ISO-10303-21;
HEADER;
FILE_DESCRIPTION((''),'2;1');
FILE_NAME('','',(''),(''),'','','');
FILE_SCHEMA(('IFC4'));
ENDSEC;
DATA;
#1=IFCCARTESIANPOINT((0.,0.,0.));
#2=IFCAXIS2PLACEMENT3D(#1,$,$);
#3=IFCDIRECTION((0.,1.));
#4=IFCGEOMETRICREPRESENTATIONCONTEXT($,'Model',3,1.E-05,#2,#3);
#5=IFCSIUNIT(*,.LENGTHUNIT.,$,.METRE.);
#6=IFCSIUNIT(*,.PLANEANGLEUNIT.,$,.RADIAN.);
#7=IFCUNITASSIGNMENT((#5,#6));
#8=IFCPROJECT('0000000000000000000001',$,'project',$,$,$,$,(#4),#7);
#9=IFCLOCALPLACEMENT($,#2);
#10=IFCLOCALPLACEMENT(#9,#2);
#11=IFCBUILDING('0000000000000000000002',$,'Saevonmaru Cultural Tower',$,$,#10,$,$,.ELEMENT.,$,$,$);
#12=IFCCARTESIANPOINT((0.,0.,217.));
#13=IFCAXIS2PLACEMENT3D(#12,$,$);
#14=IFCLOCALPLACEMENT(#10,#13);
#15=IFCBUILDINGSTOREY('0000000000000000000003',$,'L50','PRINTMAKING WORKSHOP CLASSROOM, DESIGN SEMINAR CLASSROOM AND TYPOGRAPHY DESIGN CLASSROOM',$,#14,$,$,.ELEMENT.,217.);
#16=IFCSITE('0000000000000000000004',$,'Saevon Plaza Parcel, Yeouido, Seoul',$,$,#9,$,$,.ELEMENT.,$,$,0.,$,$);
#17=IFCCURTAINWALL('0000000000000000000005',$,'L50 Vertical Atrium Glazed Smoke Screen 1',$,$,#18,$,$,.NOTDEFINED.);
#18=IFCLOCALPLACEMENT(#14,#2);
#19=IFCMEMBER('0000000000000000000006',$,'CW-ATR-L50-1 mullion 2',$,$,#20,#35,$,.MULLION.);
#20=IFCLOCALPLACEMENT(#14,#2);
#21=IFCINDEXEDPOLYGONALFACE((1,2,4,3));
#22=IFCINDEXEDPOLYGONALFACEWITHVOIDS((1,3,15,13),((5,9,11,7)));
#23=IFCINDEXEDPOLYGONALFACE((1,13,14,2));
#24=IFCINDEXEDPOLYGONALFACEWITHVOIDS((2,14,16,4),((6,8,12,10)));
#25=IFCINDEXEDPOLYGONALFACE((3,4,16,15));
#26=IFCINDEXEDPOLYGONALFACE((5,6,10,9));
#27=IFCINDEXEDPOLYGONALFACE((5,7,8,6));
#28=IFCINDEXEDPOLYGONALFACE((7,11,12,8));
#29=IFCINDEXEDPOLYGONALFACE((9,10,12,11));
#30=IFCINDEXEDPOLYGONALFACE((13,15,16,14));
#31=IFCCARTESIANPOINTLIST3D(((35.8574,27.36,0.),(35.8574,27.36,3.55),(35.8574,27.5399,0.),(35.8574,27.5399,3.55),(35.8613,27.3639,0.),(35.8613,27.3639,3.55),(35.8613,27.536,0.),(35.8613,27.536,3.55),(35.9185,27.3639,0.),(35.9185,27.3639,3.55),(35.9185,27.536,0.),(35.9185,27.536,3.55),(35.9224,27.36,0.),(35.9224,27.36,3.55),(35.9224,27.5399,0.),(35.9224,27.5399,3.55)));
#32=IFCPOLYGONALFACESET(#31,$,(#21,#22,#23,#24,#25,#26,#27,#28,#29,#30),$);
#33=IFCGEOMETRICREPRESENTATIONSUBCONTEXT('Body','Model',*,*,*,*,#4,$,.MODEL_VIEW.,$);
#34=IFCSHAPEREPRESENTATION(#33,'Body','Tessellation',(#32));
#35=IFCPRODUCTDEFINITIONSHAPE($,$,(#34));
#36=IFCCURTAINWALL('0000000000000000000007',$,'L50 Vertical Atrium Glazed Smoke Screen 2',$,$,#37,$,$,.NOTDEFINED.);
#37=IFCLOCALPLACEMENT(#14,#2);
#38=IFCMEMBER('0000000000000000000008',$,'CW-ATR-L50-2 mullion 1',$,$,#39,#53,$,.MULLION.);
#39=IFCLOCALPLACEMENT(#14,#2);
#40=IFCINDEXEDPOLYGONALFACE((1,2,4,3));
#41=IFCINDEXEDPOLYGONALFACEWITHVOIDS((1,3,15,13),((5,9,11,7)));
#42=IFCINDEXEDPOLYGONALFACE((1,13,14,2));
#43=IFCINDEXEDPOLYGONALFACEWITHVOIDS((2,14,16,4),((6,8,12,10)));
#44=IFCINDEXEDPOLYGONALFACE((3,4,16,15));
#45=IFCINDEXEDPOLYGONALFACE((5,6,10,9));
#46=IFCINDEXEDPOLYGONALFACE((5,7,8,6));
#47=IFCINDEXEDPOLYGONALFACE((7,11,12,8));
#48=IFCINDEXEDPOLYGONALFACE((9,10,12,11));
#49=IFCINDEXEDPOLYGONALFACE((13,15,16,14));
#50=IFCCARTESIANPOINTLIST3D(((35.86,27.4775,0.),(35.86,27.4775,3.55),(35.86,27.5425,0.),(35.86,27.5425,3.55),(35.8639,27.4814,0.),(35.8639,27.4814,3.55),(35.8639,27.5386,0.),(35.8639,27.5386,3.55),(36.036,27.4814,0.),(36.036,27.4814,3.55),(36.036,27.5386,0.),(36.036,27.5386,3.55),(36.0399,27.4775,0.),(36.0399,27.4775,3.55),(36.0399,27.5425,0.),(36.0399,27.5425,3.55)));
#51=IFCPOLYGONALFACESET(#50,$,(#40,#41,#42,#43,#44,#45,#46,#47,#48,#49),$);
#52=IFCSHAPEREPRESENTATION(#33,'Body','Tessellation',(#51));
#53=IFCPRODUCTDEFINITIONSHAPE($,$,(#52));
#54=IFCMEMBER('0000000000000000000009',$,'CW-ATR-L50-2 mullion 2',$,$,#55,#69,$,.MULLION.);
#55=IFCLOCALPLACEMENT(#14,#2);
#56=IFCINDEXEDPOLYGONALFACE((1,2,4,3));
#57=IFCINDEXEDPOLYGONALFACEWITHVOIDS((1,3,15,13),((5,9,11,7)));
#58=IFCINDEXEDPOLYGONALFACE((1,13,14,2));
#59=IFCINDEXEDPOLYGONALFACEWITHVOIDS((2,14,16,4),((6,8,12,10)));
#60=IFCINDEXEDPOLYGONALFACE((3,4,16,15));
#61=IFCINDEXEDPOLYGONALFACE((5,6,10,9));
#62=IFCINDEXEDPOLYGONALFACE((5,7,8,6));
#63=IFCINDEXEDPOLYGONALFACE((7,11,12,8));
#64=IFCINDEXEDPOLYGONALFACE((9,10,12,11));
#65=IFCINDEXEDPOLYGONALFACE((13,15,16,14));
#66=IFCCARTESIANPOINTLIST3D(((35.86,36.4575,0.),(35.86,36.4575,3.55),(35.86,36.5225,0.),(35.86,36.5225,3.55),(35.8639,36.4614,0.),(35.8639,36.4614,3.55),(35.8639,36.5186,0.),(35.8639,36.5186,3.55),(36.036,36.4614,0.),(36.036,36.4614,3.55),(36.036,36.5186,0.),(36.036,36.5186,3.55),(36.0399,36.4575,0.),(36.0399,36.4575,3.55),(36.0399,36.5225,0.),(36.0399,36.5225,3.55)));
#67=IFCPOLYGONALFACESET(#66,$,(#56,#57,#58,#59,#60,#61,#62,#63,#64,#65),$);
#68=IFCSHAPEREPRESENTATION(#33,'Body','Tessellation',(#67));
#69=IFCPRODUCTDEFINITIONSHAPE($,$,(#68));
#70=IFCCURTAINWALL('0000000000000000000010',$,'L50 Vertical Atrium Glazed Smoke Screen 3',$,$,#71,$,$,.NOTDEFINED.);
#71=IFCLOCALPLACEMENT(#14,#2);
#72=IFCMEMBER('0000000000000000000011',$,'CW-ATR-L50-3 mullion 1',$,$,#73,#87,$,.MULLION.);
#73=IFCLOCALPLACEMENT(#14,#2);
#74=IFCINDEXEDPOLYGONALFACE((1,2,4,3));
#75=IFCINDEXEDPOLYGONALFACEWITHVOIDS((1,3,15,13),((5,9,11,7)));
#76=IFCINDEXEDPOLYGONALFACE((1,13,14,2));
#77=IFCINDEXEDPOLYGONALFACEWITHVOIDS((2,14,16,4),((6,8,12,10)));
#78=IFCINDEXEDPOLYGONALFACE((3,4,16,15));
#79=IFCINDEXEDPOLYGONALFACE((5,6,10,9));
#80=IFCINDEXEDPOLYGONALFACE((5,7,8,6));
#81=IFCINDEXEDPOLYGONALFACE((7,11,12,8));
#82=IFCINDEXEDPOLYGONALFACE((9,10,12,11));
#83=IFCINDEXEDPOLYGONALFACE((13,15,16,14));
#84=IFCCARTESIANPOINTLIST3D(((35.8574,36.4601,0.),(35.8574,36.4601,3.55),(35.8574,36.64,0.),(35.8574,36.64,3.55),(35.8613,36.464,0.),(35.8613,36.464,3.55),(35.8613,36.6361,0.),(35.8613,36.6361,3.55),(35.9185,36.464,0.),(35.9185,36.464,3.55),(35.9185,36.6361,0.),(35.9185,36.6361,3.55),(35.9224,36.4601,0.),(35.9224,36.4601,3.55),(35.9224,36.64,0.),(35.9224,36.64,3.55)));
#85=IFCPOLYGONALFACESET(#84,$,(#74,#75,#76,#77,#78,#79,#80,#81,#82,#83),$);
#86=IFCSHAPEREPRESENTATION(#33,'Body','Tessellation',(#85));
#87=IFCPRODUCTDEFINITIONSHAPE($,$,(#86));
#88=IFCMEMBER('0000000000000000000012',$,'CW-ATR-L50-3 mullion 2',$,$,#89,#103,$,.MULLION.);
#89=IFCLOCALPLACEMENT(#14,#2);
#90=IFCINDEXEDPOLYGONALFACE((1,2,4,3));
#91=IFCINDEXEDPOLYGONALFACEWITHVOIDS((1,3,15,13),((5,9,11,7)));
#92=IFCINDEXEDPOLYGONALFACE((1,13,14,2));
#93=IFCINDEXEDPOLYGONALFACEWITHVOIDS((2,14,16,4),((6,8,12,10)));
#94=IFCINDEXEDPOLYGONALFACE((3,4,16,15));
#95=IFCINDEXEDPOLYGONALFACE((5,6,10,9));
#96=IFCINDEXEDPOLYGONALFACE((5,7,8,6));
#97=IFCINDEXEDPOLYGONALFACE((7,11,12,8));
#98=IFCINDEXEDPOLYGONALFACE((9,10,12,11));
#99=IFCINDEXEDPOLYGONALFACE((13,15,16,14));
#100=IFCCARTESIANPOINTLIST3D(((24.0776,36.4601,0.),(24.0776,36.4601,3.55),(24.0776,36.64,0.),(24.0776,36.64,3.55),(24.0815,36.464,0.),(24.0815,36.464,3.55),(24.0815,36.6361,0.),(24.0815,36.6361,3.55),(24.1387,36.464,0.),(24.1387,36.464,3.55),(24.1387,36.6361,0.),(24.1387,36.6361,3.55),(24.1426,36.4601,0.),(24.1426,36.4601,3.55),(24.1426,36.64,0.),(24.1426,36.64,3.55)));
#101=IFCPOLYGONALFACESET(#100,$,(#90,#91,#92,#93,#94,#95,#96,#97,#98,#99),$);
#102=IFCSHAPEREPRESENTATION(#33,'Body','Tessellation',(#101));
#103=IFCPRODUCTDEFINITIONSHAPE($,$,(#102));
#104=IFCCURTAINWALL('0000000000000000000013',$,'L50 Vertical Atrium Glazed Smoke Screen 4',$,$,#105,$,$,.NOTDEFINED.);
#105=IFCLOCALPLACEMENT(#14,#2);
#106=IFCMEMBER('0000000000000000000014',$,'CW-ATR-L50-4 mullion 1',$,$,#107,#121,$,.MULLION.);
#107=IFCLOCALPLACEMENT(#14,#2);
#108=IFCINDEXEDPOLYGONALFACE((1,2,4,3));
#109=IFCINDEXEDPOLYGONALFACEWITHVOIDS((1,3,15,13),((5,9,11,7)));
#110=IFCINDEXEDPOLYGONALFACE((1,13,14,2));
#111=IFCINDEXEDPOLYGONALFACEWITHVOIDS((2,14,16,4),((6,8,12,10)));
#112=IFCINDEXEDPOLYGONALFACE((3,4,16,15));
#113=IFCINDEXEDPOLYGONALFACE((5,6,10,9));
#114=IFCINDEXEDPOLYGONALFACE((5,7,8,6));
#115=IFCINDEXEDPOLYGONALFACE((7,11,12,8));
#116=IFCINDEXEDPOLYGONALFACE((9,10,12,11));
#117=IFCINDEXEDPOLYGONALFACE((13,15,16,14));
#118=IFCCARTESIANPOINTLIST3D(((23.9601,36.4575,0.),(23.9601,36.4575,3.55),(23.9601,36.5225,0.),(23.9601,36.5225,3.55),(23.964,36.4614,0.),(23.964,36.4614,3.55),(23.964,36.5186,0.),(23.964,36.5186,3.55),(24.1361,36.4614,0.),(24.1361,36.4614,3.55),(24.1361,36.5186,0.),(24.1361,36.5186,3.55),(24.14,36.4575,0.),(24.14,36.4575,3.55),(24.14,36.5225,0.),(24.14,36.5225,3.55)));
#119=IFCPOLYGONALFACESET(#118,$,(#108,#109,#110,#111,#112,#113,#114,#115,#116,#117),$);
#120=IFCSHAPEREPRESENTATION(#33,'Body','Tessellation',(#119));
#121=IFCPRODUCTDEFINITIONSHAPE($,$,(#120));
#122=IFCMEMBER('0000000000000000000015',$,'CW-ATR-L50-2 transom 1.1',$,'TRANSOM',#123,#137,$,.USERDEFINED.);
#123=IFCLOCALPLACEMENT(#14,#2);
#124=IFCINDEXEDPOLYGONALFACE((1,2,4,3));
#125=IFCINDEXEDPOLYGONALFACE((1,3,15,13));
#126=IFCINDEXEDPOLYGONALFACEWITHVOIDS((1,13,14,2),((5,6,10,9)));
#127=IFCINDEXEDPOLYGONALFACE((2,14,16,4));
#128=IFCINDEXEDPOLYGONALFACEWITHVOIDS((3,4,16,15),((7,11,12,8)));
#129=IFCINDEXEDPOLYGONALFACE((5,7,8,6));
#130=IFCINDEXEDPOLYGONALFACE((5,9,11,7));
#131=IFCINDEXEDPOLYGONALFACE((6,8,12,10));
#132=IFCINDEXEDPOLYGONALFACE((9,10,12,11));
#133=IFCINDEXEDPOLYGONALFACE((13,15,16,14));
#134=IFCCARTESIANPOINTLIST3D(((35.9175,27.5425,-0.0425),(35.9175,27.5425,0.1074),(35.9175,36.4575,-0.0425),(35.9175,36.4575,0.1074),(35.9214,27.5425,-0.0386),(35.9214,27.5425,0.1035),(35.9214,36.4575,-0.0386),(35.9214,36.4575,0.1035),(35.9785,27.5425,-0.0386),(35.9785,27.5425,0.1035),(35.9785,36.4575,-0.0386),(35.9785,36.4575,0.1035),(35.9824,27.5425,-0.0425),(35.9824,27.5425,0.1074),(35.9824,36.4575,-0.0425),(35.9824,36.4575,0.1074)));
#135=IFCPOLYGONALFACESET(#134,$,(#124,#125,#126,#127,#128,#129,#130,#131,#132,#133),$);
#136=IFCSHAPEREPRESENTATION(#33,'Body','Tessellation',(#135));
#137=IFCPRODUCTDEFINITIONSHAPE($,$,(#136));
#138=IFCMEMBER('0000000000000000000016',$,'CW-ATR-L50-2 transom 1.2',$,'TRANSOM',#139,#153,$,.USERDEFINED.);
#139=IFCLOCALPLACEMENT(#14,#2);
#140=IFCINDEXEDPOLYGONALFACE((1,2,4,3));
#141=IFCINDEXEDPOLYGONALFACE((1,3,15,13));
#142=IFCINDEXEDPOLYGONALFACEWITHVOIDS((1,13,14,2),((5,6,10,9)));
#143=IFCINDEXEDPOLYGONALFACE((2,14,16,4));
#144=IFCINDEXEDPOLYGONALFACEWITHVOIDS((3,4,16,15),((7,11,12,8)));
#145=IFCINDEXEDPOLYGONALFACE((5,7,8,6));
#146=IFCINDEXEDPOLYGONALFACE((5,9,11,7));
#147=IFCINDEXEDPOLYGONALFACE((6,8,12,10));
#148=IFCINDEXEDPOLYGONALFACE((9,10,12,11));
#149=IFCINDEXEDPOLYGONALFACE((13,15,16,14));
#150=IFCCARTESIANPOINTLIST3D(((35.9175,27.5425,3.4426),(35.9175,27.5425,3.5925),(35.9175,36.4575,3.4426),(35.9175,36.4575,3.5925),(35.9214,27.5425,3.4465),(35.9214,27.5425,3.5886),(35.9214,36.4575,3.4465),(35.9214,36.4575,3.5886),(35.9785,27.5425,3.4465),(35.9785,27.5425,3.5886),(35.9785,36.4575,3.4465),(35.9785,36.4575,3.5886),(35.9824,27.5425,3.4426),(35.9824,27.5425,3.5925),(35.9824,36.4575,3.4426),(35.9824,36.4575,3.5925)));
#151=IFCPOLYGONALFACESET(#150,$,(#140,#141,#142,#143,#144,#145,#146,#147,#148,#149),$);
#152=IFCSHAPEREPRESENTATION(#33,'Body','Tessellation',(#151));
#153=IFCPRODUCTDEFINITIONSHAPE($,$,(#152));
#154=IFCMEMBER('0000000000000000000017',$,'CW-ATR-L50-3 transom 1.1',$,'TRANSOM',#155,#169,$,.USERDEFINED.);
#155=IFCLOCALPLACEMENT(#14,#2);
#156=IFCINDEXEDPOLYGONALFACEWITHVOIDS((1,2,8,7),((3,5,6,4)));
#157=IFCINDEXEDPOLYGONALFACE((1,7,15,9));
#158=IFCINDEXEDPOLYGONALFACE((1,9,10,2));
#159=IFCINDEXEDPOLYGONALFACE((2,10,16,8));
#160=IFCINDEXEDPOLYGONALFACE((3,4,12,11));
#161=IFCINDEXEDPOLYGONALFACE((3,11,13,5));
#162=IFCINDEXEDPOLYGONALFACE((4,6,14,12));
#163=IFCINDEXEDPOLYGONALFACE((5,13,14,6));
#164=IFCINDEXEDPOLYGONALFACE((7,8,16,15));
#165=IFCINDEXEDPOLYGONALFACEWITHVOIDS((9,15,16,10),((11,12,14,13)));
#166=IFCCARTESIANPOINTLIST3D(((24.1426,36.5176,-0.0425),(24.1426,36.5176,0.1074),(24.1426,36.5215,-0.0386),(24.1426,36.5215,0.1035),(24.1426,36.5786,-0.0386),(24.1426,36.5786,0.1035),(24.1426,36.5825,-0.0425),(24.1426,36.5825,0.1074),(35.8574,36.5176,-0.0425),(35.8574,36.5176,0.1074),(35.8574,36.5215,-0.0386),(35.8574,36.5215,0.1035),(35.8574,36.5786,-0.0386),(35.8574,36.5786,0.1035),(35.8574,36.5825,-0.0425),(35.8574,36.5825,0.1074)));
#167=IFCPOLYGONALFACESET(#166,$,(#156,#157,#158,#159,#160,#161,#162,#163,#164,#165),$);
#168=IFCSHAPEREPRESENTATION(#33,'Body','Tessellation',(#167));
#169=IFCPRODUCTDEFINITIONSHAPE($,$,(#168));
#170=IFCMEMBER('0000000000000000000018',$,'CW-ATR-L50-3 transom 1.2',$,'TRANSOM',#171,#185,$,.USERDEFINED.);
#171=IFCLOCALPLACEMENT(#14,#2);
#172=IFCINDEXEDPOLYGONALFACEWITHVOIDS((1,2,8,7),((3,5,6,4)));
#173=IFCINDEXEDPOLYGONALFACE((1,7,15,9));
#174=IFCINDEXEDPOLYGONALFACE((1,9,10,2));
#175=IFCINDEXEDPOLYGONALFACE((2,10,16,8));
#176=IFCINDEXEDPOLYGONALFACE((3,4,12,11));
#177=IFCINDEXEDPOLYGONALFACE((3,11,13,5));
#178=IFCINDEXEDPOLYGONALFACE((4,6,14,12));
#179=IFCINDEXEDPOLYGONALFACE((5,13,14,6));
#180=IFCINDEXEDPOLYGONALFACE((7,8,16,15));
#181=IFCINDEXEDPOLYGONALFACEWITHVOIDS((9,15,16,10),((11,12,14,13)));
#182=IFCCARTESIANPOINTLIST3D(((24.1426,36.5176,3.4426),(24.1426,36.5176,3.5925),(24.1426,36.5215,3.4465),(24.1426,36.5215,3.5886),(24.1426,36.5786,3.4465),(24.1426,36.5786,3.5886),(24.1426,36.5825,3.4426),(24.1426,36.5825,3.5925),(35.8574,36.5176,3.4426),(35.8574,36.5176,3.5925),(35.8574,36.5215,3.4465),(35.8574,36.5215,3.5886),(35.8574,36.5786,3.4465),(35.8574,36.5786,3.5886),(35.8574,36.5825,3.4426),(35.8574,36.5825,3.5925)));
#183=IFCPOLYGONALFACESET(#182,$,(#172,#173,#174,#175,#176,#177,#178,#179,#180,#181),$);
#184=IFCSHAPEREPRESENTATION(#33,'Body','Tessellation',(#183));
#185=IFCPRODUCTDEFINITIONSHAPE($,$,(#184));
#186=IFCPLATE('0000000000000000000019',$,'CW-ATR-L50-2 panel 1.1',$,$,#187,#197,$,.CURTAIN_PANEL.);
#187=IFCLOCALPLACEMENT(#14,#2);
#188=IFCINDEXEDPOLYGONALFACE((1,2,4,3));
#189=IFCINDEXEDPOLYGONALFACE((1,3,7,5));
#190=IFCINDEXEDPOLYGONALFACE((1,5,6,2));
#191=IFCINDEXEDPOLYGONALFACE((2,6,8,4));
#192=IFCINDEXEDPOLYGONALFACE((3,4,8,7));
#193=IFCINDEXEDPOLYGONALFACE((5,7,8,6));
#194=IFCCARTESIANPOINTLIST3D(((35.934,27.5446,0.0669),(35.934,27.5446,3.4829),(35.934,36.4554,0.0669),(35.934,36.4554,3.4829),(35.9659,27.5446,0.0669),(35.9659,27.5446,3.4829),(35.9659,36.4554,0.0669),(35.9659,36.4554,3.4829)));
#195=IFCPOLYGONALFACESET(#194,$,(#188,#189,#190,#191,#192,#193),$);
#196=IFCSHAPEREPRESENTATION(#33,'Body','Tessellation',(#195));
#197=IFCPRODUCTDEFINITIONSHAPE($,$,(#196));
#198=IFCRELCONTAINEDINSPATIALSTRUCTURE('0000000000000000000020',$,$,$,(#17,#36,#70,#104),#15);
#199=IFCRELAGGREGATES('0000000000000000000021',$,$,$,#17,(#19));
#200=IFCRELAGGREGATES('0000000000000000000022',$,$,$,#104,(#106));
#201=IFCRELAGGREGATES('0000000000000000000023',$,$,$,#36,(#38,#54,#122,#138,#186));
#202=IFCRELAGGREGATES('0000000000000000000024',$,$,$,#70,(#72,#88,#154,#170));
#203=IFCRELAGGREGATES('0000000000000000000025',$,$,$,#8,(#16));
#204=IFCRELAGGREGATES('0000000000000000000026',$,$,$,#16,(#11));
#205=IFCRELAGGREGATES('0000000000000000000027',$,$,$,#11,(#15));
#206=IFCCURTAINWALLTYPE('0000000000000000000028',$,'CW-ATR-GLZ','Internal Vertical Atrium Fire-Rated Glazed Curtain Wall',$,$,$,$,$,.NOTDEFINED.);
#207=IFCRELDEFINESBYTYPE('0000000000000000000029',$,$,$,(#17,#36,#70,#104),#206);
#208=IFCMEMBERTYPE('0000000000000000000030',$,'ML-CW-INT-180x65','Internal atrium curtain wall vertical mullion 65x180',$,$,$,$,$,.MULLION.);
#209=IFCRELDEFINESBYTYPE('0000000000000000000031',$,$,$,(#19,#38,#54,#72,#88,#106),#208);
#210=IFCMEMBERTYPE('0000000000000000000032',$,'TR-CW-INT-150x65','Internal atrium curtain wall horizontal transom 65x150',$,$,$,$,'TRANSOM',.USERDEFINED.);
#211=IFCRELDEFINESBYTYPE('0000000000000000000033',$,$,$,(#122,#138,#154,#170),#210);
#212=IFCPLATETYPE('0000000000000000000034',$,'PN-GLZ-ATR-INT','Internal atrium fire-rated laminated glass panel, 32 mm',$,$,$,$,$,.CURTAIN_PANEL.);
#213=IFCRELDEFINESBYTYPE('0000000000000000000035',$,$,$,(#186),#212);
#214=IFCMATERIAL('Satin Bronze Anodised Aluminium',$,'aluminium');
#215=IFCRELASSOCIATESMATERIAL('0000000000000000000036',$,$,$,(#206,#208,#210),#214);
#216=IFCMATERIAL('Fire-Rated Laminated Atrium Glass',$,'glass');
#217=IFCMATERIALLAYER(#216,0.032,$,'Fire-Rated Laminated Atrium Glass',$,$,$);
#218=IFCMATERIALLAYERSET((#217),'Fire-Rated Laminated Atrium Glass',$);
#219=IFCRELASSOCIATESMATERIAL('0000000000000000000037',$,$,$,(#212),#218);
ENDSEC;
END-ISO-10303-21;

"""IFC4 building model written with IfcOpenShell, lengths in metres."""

from ifc_helpers import new_model, si_unit, direction, frame, origin, origin_2d, place, context, subcontext, project, spatial, rectangle, hollow_rectangle, extrude, material, layer, layer_set, material_profile, profile_set, type_object, element, aggregate, save


model = new_model("IFC4")

# Units and contexts
model_context = context("Model", 3, precision=1e-05, world=origin(), true_north=direction((0.0, 1.0)))
body_context = subcontext(model_context, "Body", "Model", "MODEL_VIEW")
ifc_project = project(units=[si_unit("LENGTHUNIT", "METRE"), si_unit("PLANEANGLEUNIT", "RADIAN")], contexts=[model_context])

# Site, building, storey
site_placement = place(None, origin())
site = spatial("IfcSite", under=ifc_project, at=site_placement, Name="Saevon Plaza Parcel, Yeouido, Seoul", CompositionType="ELEMENT", RefElevation=0.0)
building_placement = place(site_placement, origin())
building = spatial("IfcBuilding", under=site, at=building_placement, Name="Saevonmaru Cultural Tower", CompositionType="ELEMENT")
storey_placement = place(building_placement, frame((0.0, 0.0, 217.0)))
storey = spatial("IfcBuildingStorey", under=building, at=storey_placement, Name="L50", Description="PRINTMAKING WORKSHOP CLASSROOM, DESIGN SEMINAR CLASSROOM AND TYPOGRAPHY DESIGN CLASSROOM", CompositionType="ELEMENT", Elevation=217.0)

# Curtain wall, member
ifc_material_1 = material(Name="Satin Bronze Anodised Aluminium", Category="aluminium")
curtain_wall_type = type_object("IfcCurtainWallType", Name="CW-ATR-GLZ", Description="Internal Vertical Atrium Fire-Rated Glazed Curtain Wall", PredefinedType="NOTDEFINED", material=ifc_material_1)
curtain_wall_1_placement = place(storey_placement, origin())
curtain_wall_1 = element("IfcCurtainWall", 1, at=curtain_wall_1_placement, inside=storey, type_object=curtain_wall_type, Name="L50 Vertical Atrium Glazed Smoke Screen 1", PredefinedType="NOTDEFINED")
ifc_material_profile_1 = material_profile(ifc_material_1, hollow_rectangle(XDim=0.0649, YDim=0.1799, WallThickness=0.0039, at=origin_2d()), Name="ALU-MULL-180x65x4")
ifc_profile_set_1 = profile_set([ifc_material_profile_1], Name="Satin Bronze Anodised Aluminium")
member_type_1 = type_object("IfcMemberType", Name="ML-CW-INT-180x65", Description="Internal atrium curtain wall vertical mullion 65x180", PredefinedType="MULLION", material=ifc_profile_set_1)
member_1_placement = place(storey_placement, frame((35.8899, 27.45, 0.0), z_axis=(0.0, 0.0, 1.0), x_axis=(1.0, 0.0, 0.0)))
member_1 = element("IfcMember", 2, at=member_1_placement, type_object=member_type_1, Name="CW-ATR-L50-1 mullion 2", PredefinedType="MULLION", context=body_context, shape_type="SweptSolid", body=[
    extrude(hollow_rectangle(XDim=0.0649, YDim=0.1799, WallThickness=0.0039, at=origin_2d()), origin(), (0.0, 0.0, 1.0), 3.55),
])
aggregate(curtain_wall_1, [member_1])

# Curtain walls, members
curtain_wall_2_placement = place(storey_placement, origin())
curtain_wall_2 = element("IfcCurtainWall", 3, at=curtain_wall_2_placement, inside=storey, type_object=curtain_wall_type, Name="L50 Vertical Atrium Glazed Smoke Screen 2", PredefinedType="NOTDEFINED")
member_2_placement = place(storey_placement, frame((35.95, 27.51, 0.0), z_axis=(0.0, 0.0, 1.0), x_axis=(0.0, 1.0, 0.0)))
member_2 = element("IfcMember", 4, at=member_2_placement, type_object=member_type_1, Name="CW-ATR-L50-2 mullion 1", PredefinedType="MULLION", context=body_context, shape_type="SweptSolid", body=[
    extrude(hollow_rectangle(XDim=0.0649, YDim=0.1799, WallThickness=0.0039, at=origin_2d()), origin(), (0.0, 0.0, 1.0), 3.55),
])
member_3_placement = place(storey_placement, frame((35.95, 36.49, 0.0), z_axis=(0.0, 0.0, 1.0), x_axis=(0.0, 1.0, 0.0)))
member_3 = element("IfcMember", 5, at=member_3_placement, type_object=member_type_1, Name="CW-ATR-L50-2 mullion 2", PredefinedType="MULLION", context=body_context, shape_type="SweptSolid", body=[
    extrude(hollow_rectangle(XDim=0.0649, YDim=0.1799, WallThickness=0.0039, at=origin_2d()), origin(), (0.0, 0.0, 1.0), 3.55),
])
curtain_wall_3_placement = place(storey_placement, origin())
curtain_wall_3 = element("IfcCurtainWall", 6, at=curtain_wall_3_placement, inside=storey, type_object=curtain_wall_type, Name="L50 Vertical Atrium Glazed Smoke Screen 3", PredefinedType="NOTDEFINED")
member_4_placement = place(storey_placement, frame((35.8899, 36.55, 0.0), z_axis=(0.0, 0.0, 1.0), x_axis=(-1.0, 0.0, 0.0)))
member_4 = element("IfcMember", 7, at=member_4_placement, type_object=member_type_1, Name="CW-ATR-L50-3 mullion 1", PredefinedType="MULLION", context=body_context, shape_type="SweptSolid", body=[
    extrude(hollow_rectangle(XDim=0.0649, YDim=0.1799, WallThickness=0.0039, at=origin_2d()), origin(), (0.0, 0.0, 1.0), 3.55),
])
member_5_placement = place(storey_placement, frame((24.1101, 36.55, 0.0), z_axis=(0.0, 0.0, 1.0), x_axis=(-1.0, 0.0, 0.0)))
member_5 = element("IfcMember", 8, at=member_5_placement, type_object=member_type_1, Name="CW-ATR-L50-3 mullion 2", PredefinedType="MULLION", context=body_context, shape_type="SweptSolid", body=[
    extrude(hollow_rectangle(XDim=0.0649, YDim=0.1799, WallThickness=0.0039, at=origin_2d()), origin(), (0.0, 0.0, 1.0), 3.55),
])

# Curtain wall, member
curtain_wall_4_placement = place(storey_placement, origin())
curtain_wall_4 = element("IfcCurtainWall", 9, at=curtain_wall_4_placement, inside=storey, type_object=curtain_wall_type, Name="L50 Vertical Atrium Glazed Smoke Screen 4", PredefinedType="NOTDEFINED")
member_6_placement = place(storey_placement, frame((24.05, 36.49, 0.0), z_axis=(0.0, 0.0, 1.0), x_axis=(0.0, -1.0, 0.0)))
member_6 = element("IfcMember", 10, at=member_6_placement, type_object=member_type_1, Name="CW-ATR-L50-4 mullion 1", PredefinedType="MULLION", context=body_context, shape_type="SweptSolid", body=[
    extrude(hollow_rectangle(XDim=0.0649, YDim=0.1799, WallThickness=0.0039, at=origin_2d()), origin(), (0.0, 0.0, 1.0), 3.55),
])
aggregate(curtain_wall_4, [member_6])

# Members
ifc_material_profile_2 = material_profile(ifc_material_1, hollow_rectangle(XDim=0.0649, YDim=0.1499, WallThickness=0.0039, at=origin_2d()), Name="ALU-TRAN-150x65x4")
ifc_profile_set_2 = profile_set([ifc_material_profile_2], Name="Satin Bronze Anodised Aluminium")
member_type_2 = type_object("IfcMemberType", Name="TR-CW-INT-150x65", Description="Internal atrium curtain wall horizontal transom 65x150", ElementType="TRANSOM", PredefinedType="USERDEFINED", material=ifc_profile_set_2)
member_7_placement = place(storey_placement, frame((35.95, 27.5425, 0.0325), z_axis=(0.0, 1.0, 0.0), x_axis=(-1.0, 0.0, 0.0)))
member_7 = element("IfcMember", 11, at=member_7_placement, type_object=member_type_2, Name="CW-ATR-L50-2 transom 1.1", ObjectType="TRANSOM", PredefinedType="USERDEFINED", context=body_context, shape_type="SweptSolid", body=[
    extrude(hollow_rectangle(XDim=0.0649, YDim=0.1499, WallThickness=0.0039, at=origin_2d()), origin(), (0.0, 0.0, 1.0), 8.915),
])
member_8_placement = place(storey_placement, frame((35.95, 27.5425, 3.5176), z_axis=(0.0, 1.0, 0.0), x_axis=(-1.0, 0.0, 0.0)))
member_8 = element("IfcMember", 12, at=member_8_placement, type_object=member_type_2, Name="CW-ATR-L50-2 transom 1.2", ObjectType="TRANSOM", PredefinedType="USERDEFINED", context=body_context, shape_type="SweptSolid", body=[
    extrude(hollow_rectangle(XDim=0.0649, YDim=0.1499, WallThickness=0.0039, at=origin_2d()), origin(), (0.0, 0.0, 1.0), 8.915),
])
member_9_placement = place(storey_placement, frame((35.8574, 36.55, 0.0325), z_axis=(-1.0, 0.0, 0.0), x_axis=(0.0, -1.0, 0.0)))
member_9 = element("IfcMember", 13, at=member_9_placement, type_object=member_type_2, Name="CW-ATR-L50-3 transom 1.1", ObjectType="TRANSOM", PredefinedType="USERDEFINED", context=body_context, shape_type="SweptSolid", body=[
    extrude(hollow_rectangle(XDim=0.0649, YDim=0.1499, WallThickness=0.0039, at=origin_2d()), origin(), (0.0, 0.0, 1.0), 11.7148),
])
member_10_placement = place(storey_placement, frame((35.8574, 36.55, 3.5176), z_axis=(-1.0, 0.0, 0.0), x_axis=(0.0, -1.0, 0.0)))
member_10 = element("IfcMember", 14, at=member_10_placement, type_object=member_type_2, Name="CW-ATR-L50-3 transom 1.2", ObjectType="TRANSOM", PredefinedType="USERDEFINED", context=body_context, shape_type="SweptSolid", body=[
    extrude(hollow_rectangle(XDim=0.0649, YDim=0.1499, WallThickness=0.0039, at=origin_2d()), origin(), (0.0, 0.0, 1.0), 11.7148),
])

# Plate
ifc_material_2 = material(Name="Fire-Rated Laminated Atrium Glass", Category="glass")
ifc_layer_1 = layer(ifc_material_2, 0.032, Name="Fire-Rated Laminated Atrium Glass")
ifc_layer_set_1 = layer_set([ifc_layer_1], Name="Fire-Rated Laminated Atrium Glass")
plate_type = type_object("IfcPlateType", Name="PN-GLZ-ATR-INT", Description="Internal atrium fire-rated laminated glass panel, 32 mm", PredefinedType="CURTAIN_PANEL", material=ifc_layer_set_1)
plate_1_placement = place(storey_placement, frame((35.95, 32.0, 0.0669), z_axis=(0.0, 0.0, 1.0), x_axis=(0.0, 1.0, 0.0)))
plate_1 = element("IfcPlate", 15, at=plate_1_placement, type_object=plate_type, Name="CW-ATR-L50-2 panel 1.1", PredefinedType="CURTAIN_PANEL", context=body_context, shape_type="SweptSolid", body=[
    extrude(rectangle(XDim=8.9109, YDim=0.032, at=origin_2d()), origin(), (0.0, 0.0, 1.0), 3.416),
])
aggregate(curtain_wall_2, [member_2, member_3, member_7, member_8, plate_1])
aggregate(curtain_wall_3, [member_4, member_5, member_9, member_10])

save(model, "model.ifc")
